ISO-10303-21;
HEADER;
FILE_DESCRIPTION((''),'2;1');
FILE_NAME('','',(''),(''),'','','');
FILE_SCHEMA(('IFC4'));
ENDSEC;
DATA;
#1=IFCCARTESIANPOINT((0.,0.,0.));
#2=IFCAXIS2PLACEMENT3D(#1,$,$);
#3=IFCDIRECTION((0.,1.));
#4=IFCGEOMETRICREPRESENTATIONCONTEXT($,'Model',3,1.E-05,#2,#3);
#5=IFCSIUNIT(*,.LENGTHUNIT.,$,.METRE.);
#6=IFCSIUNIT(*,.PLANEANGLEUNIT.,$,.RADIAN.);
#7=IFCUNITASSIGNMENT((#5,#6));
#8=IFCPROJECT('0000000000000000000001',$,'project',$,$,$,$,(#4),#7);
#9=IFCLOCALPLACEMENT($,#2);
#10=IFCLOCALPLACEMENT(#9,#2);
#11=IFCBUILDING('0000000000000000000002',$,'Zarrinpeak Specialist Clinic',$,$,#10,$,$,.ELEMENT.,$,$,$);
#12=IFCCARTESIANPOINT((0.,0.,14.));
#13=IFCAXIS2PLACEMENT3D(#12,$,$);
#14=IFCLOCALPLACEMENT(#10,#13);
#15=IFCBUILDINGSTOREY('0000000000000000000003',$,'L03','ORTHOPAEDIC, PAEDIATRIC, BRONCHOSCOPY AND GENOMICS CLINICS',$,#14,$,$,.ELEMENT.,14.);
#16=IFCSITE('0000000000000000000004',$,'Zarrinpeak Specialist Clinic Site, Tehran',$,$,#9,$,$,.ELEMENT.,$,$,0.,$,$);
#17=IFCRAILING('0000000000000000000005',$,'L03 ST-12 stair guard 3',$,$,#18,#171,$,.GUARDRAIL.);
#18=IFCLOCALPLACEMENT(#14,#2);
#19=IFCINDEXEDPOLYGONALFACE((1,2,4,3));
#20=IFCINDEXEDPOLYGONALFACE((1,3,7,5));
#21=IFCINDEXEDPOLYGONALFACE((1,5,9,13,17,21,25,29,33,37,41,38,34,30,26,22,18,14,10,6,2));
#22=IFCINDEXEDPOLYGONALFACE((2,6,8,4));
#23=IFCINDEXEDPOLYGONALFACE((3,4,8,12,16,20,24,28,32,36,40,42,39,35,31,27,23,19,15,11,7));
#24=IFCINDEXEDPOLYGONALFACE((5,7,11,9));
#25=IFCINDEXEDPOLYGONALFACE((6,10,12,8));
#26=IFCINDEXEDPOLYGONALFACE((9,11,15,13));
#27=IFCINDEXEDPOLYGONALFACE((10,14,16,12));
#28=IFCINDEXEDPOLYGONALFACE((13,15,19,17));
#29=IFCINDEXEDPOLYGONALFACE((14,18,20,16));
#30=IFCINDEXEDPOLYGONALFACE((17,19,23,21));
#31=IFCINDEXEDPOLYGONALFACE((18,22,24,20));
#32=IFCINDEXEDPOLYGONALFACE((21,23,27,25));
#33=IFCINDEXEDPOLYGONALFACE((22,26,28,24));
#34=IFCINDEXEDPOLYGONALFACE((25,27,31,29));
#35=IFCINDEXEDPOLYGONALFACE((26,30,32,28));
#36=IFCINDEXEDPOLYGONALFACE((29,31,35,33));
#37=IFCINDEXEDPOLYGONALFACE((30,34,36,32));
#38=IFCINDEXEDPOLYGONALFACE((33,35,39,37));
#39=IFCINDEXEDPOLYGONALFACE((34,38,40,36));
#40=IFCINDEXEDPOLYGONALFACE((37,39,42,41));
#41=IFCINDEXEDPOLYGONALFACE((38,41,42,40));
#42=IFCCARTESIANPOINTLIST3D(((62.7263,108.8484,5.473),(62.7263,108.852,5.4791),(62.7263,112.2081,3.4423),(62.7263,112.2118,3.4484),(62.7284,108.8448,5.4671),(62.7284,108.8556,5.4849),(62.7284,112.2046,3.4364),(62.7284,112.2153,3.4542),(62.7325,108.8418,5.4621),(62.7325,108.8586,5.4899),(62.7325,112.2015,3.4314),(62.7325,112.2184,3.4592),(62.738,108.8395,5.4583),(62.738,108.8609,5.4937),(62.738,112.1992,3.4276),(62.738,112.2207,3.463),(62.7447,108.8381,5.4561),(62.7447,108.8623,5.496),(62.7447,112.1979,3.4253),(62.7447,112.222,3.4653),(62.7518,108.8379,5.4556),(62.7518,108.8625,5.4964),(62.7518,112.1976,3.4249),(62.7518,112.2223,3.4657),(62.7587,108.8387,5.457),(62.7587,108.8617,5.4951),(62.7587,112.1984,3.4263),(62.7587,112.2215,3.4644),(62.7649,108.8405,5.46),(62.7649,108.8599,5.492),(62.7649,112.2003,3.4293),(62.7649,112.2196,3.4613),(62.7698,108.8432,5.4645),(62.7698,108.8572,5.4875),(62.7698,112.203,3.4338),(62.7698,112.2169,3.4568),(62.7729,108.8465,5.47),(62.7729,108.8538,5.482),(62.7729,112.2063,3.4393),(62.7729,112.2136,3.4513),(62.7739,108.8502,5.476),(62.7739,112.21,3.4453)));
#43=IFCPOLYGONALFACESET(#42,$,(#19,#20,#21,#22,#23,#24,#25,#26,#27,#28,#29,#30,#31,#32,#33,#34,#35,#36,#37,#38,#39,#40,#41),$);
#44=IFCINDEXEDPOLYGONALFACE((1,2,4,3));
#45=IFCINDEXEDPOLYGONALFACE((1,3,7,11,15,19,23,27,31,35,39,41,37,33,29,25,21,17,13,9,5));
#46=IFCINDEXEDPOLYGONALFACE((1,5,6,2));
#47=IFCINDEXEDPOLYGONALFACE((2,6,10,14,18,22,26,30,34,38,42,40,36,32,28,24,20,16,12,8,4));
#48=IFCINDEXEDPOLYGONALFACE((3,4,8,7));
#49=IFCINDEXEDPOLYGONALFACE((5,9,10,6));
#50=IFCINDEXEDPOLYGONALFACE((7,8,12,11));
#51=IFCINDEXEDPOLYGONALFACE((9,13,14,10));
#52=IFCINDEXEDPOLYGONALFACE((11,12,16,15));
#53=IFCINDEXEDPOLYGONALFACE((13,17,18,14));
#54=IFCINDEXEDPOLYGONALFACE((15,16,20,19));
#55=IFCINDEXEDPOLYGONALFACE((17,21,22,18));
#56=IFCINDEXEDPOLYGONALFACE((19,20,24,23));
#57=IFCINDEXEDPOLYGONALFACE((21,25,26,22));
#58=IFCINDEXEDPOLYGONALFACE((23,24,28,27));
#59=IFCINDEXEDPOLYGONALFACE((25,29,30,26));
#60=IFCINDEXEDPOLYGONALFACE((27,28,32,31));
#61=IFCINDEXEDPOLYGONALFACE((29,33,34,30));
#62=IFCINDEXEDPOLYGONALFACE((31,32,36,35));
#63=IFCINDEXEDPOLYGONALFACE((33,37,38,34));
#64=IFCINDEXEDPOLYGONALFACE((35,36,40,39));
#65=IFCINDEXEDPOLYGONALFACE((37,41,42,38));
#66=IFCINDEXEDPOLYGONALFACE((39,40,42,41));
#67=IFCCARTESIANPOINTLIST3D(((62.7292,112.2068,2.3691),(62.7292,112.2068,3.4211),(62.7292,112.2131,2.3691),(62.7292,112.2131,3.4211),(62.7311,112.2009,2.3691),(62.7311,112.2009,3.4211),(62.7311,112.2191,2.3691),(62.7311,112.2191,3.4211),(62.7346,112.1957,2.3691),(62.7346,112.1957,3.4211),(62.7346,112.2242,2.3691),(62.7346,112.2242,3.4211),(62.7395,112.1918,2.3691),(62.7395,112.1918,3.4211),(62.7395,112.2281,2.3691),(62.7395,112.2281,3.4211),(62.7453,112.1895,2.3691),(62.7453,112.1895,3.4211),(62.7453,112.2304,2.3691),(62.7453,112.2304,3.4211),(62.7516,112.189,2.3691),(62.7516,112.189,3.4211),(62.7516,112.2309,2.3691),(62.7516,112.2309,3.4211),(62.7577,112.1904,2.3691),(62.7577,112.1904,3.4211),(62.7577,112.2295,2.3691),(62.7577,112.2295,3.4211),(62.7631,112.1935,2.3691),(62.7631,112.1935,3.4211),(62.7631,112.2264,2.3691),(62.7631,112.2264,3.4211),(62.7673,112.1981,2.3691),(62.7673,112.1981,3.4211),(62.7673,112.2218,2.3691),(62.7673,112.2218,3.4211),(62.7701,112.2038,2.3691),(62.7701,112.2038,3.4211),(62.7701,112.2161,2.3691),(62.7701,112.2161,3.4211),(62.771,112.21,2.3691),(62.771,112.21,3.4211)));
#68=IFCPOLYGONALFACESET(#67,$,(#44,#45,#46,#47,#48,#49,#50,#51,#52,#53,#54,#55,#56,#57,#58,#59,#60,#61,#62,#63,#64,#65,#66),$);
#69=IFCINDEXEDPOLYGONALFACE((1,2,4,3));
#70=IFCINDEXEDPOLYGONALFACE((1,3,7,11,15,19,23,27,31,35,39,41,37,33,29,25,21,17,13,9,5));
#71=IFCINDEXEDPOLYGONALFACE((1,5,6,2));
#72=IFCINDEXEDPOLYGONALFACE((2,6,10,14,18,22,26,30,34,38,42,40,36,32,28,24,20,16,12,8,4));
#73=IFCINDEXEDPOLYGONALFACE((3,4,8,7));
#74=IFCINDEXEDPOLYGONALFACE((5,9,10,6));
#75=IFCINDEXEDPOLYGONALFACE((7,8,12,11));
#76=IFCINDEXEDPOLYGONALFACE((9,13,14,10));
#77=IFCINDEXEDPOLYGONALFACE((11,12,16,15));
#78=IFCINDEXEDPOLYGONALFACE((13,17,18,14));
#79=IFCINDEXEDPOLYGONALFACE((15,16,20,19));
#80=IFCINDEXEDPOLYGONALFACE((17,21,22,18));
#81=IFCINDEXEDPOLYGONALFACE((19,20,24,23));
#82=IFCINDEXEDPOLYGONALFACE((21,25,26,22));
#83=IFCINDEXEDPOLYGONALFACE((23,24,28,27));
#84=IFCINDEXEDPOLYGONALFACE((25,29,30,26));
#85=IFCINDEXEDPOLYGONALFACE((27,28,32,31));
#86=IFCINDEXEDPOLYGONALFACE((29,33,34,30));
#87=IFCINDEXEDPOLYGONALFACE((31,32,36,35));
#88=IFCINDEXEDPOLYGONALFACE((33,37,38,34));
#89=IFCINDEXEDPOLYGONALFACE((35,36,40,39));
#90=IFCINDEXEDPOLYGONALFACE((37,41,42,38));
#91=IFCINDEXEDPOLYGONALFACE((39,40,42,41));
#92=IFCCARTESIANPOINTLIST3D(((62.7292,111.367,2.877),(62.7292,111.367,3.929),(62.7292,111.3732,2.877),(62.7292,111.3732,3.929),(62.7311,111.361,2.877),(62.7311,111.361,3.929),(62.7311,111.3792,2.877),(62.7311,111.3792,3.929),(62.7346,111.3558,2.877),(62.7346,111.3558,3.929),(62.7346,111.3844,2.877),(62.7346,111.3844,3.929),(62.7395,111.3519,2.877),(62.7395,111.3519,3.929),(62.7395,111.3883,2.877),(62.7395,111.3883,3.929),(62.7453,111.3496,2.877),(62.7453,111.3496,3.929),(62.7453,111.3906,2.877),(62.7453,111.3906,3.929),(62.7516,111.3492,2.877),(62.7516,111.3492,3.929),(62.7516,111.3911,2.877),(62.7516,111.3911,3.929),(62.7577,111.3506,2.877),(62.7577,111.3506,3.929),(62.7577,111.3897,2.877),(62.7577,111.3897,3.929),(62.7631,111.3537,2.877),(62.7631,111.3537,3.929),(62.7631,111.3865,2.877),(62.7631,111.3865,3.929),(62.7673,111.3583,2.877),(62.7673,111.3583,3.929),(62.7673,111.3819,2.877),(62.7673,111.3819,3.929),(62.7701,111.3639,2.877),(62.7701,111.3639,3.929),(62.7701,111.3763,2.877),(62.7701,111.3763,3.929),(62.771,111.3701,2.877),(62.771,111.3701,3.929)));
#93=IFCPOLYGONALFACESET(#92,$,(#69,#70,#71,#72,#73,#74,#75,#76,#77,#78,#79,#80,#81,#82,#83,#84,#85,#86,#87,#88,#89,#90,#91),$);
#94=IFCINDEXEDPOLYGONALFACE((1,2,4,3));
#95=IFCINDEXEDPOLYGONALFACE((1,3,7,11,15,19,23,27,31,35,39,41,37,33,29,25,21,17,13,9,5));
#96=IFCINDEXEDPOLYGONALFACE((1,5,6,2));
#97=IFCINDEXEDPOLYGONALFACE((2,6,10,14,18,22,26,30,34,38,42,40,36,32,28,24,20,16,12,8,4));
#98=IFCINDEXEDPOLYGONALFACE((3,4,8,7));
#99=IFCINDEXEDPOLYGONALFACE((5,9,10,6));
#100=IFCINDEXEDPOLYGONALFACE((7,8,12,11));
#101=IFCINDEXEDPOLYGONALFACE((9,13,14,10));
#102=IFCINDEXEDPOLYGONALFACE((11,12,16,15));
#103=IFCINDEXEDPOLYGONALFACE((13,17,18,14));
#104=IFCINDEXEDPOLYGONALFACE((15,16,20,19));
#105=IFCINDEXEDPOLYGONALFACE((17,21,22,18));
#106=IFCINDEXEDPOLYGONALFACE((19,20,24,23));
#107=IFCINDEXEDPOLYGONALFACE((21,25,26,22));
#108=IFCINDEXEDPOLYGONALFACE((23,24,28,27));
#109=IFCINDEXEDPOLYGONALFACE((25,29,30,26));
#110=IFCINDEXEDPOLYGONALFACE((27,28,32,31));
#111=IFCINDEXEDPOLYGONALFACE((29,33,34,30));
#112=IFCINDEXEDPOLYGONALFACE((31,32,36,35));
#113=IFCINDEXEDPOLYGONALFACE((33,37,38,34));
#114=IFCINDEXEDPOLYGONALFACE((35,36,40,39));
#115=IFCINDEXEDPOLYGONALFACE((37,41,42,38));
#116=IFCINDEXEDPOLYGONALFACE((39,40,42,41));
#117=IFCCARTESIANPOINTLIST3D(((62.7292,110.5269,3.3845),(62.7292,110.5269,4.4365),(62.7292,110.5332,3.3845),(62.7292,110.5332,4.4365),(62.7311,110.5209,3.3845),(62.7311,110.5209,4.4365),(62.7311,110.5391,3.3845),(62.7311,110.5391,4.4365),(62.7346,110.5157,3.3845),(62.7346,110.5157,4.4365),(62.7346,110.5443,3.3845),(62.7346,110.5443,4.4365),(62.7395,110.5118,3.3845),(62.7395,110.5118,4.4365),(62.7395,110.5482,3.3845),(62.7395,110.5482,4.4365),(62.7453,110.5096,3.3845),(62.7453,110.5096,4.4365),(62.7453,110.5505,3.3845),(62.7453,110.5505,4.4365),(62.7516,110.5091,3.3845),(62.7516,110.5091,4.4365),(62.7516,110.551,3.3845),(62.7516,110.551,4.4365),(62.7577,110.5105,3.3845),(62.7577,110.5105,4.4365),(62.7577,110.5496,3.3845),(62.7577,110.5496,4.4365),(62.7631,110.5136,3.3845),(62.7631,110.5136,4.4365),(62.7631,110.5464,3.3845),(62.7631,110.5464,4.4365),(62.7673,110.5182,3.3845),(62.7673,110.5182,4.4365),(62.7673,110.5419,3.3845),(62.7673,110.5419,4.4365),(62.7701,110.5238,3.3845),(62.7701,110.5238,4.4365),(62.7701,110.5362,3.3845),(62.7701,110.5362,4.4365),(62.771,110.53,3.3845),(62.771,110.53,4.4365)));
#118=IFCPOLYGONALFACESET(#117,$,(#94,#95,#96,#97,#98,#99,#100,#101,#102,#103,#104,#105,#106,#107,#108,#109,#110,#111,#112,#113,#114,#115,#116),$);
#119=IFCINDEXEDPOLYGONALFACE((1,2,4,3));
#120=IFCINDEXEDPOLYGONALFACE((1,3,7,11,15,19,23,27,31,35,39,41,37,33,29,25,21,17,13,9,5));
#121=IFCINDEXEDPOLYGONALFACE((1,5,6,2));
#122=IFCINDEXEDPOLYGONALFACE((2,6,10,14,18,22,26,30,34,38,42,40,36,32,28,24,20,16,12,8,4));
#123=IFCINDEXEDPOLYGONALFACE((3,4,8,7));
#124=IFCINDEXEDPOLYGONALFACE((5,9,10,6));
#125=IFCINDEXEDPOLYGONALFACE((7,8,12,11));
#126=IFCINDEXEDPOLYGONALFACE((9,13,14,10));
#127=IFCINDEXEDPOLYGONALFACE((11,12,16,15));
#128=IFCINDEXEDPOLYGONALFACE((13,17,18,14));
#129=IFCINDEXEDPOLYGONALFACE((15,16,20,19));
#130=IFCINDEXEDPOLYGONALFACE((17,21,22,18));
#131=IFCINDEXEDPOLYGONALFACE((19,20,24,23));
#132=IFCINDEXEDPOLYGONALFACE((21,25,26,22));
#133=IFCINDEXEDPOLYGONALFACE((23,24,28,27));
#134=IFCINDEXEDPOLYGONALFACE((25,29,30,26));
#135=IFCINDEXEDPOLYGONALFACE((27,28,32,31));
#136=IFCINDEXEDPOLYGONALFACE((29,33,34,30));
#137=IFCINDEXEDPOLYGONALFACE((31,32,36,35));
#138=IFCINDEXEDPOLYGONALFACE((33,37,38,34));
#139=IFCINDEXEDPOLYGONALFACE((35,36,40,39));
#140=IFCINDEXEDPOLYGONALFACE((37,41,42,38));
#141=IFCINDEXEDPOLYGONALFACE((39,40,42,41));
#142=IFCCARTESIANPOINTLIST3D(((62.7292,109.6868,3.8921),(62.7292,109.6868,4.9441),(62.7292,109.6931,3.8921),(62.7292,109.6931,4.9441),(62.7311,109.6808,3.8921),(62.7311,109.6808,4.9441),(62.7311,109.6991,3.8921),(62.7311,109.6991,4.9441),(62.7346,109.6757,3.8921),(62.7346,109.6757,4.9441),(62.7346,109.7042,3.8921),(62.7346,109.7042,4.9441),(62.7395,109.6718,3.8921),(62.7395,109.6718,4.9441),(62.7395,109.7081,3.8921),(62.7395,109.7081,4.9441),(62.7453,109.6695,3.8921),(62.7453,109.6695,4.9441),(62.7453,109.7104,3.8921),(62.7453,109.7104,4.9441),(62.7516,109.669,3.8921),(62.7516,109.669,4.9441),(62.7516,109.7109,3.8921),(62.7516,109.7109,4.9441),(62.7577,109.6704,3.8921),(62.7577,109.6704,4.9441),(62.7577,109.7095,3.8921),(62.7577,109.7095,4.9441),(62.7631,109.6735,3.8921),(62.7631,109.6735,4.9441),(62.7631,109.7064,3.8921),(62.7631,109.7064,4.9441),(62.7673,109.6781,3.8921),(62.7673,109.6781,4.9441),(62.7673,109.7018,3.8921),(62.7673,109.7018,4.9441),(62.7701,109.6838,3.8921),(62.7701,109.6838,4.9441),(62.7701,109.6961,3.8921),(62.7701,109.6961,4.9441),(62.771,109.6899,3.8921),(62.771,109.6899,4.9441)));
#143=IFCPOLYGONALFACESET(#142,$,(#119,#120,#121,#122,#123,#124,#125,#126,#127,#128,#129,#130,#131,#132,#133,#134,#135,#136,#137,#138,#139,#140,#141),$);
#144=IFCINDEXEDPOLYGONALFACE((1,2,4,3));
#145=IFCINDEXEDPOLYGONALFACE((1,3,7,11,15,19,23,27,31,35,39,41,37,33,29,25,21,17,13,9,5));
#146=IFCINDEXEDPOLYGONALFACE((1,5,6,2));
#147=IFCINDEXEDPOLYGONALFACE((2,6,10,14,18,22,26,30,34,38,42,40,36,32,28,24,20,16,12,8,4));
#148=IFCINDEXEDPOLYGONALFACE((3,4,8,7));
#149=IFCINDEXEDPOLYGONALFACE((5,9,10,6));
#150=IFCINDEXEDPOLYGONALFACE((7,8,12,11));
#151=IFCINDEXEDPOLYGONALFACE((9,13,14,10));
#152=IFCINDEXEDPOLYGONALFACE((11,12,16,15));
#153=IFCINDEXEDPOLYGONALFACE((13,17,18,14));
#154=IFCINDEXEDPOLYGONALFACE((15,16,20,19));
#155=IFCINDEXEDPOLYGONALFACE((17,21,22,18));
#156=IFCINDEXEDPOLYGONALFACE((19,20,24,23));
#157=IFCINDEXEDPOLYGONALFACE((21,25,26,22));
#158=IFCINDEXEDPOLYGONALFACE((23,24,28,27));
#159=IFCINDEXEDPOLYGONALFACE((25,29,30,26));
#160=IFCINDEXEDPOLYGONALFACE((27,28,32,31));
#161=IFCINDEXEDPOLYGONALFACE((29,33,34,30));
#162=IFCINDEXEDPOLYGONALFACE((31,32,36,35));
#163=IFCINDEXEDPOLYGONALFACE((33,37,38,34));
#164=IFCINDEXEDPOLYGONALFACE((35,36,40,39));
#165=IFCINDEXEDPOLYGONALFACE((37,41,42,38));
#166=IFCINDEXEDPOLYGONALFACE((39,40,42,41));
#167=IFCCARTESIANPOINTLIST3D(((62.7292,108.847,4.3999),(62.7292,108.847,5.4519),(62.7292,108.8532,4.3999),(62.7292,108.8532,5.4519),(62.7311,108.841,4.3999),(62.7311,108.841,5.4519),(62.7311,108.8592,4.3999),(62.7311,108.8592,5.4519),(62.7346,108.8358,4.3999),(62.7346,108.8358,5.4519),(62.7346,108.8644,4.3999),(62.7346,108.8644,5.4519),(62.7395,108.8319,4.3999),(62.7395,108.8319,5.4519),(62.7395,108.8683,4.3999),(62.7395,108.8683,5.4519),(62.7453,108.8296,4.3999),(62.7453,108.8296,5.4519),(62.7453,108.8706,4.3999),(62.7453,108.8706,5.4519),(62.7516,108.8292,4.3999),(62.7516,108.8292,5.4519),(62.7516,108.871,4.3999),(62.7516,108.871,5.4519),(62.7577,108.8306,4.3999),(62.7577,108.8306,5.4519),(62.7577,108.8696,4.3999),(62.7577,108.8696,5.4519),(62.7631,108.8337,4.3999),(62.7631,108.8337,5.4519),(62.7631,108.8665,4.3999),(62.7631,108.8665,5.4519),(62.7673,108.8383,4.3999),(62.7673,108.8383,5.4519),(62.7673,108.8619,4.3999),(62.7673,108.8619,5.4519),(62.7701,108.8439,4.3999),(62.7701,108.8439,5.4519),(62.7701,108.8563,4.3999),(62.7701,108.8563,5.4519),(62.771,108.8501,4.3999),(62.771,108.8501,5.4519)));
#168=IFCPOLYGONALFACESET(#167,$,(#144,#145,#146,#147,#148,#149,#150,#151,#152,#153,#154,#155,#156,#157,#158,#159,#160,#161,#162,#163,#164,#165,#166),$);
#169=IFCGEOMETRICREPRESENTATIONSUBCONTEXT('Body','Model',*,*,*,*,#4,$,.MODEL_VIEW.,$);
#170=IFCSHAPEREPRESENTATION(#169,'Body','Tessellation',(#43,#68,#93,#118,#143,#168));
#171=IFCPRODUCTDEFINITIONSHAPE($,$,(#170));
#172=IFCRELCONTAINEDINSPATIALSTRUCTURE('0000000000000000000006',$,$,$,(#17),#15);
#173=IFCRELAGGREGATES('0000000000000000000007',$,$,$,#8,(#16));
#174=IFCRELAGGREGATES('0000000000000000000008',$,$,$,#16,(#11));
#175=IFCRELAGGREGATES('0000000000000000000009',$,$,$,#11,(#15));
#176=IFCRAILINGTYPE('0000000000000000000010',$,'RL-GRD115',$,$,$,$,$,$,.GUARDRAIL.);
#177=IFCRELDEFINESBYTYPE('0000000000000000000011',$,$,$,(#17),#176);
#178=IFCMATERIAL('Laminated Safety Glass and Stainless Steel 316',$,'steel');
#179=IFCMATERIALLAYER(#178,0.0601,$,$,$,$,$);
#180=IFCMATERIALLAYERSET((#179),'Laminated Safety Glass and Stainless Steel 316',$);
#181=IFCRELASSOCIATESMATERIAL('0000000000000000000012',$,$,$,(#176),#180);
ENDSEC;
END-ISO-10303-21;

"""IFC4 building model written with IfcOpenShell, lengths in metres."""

from ifc_helpers import new_model, si_unit, direction, frame, origin, origin_2d, place, context, subcontext, project, spatial, circle, extrude, material, layer, layer_set, type_object, element, save


model = new_model("IFC4")

# Units and contexts
model_context = context("Model", 3, precision=1e-05, world=origin(), true_north=direction((0.0, 1.0)))
body_context = subcontext(model_context, "Body", "Model", "MODEL_VIEW")
ifc_project = project(units=[si_unit("LENGTHUNIT", "METRE"), si_unit("PLANEANGLEUNIT", "RADIAN")], contexts=[model_context])

# Site, building, storey
site_placement = place(None, origin())
site = spatial("IfcSite", under=ifc_project, at=site_placement, Name="Zarrinpeak Specialist Clinic Site, Tehran", CompositionType="ELEMENT", RefElevation=0.0)
building_placement = place(site_placement, origin())
building = spatial("IfcBuilding", under=site, at=building_placement, Name="Zarrinpeak Specialist Clinic", CompositionType="ELEMENT")
storey_placement = place(building_placement, frame((0.0, 0.0, 14.0)))
storey = spatial("IfcBuildingStorey", under=building, at=storey_placement, Name="L03", Description="ORTHOPAEDIC, PAEDIATRIC, BRONCHOSCOPY AND GENOMICS CLINICS", CompositionType="ELEMENT", Elevation=14.0)

# Railing
ifc_material_1 = material(Name="Laminated Safety Glass and Stainless Steel 316", Category="steel")
ifc_layer_1 = layer(ifc_material_1, 0.0601)
ifc_layer_set_1 = layer_set([ifc_layer_1], Name="Laminated Safety Glass and Stainless Steel 316")
railing_type_1 = type_object("IfcRailingType", Name="RL-GRD115", PredefinedType="GUARDRAIL", material=ifc_layer_set_1)
railing_1_placement = place(storey_placement, frame((62.75, 112.21, 2.3691)))
element("IfcRailing", 1, at=railing_1_placement, inside=storey, type_object=railing_type_1, Name="L03 ST-12 stair guard 3", PredefinedType="GUARDRAIL", context=body_context, shape_type="SweptSolid", body=[
    extrude(circle(Radius=0.0239, at=origin_2d()), frame((0.0, 0.0, 1.0762), z_axis=(0.0, -0.85582, 0.517273), x_axis=(1.0, 0.0, 0.0)), (0.0, 0.0, 1.0), 3.9258),
    extrude(circle(Radius=0.021, at=origin_2d()), origin(), (0.0, 0.0, 1.0), 1.052),
    extrude(circle(Radius=0.021, at=origin_2d()), frame((0.0, -0.8398, 0.5078)), (0.0, 0.0, 1.0), 1.052),
    extrude(circle(Radius=0.021, at=origin_2d()), frame((0.0, -1.6799, 1.0154)), (0.0, 0.0, 1.0), 1.052),
    extrude(circle(Radius=0.021, at=origin_2d()), frame((0.0, -2.52, 1.5229)), (0.0, 0.0, 1.0), 1.052),
    extrude(circle(Radius=0.021, at=origin_2d()), frame((0.0, -3.3599, 2.0308)), (0.0, 0.0, 1.0), 1.052),
])

save(model, "model.ifc")
